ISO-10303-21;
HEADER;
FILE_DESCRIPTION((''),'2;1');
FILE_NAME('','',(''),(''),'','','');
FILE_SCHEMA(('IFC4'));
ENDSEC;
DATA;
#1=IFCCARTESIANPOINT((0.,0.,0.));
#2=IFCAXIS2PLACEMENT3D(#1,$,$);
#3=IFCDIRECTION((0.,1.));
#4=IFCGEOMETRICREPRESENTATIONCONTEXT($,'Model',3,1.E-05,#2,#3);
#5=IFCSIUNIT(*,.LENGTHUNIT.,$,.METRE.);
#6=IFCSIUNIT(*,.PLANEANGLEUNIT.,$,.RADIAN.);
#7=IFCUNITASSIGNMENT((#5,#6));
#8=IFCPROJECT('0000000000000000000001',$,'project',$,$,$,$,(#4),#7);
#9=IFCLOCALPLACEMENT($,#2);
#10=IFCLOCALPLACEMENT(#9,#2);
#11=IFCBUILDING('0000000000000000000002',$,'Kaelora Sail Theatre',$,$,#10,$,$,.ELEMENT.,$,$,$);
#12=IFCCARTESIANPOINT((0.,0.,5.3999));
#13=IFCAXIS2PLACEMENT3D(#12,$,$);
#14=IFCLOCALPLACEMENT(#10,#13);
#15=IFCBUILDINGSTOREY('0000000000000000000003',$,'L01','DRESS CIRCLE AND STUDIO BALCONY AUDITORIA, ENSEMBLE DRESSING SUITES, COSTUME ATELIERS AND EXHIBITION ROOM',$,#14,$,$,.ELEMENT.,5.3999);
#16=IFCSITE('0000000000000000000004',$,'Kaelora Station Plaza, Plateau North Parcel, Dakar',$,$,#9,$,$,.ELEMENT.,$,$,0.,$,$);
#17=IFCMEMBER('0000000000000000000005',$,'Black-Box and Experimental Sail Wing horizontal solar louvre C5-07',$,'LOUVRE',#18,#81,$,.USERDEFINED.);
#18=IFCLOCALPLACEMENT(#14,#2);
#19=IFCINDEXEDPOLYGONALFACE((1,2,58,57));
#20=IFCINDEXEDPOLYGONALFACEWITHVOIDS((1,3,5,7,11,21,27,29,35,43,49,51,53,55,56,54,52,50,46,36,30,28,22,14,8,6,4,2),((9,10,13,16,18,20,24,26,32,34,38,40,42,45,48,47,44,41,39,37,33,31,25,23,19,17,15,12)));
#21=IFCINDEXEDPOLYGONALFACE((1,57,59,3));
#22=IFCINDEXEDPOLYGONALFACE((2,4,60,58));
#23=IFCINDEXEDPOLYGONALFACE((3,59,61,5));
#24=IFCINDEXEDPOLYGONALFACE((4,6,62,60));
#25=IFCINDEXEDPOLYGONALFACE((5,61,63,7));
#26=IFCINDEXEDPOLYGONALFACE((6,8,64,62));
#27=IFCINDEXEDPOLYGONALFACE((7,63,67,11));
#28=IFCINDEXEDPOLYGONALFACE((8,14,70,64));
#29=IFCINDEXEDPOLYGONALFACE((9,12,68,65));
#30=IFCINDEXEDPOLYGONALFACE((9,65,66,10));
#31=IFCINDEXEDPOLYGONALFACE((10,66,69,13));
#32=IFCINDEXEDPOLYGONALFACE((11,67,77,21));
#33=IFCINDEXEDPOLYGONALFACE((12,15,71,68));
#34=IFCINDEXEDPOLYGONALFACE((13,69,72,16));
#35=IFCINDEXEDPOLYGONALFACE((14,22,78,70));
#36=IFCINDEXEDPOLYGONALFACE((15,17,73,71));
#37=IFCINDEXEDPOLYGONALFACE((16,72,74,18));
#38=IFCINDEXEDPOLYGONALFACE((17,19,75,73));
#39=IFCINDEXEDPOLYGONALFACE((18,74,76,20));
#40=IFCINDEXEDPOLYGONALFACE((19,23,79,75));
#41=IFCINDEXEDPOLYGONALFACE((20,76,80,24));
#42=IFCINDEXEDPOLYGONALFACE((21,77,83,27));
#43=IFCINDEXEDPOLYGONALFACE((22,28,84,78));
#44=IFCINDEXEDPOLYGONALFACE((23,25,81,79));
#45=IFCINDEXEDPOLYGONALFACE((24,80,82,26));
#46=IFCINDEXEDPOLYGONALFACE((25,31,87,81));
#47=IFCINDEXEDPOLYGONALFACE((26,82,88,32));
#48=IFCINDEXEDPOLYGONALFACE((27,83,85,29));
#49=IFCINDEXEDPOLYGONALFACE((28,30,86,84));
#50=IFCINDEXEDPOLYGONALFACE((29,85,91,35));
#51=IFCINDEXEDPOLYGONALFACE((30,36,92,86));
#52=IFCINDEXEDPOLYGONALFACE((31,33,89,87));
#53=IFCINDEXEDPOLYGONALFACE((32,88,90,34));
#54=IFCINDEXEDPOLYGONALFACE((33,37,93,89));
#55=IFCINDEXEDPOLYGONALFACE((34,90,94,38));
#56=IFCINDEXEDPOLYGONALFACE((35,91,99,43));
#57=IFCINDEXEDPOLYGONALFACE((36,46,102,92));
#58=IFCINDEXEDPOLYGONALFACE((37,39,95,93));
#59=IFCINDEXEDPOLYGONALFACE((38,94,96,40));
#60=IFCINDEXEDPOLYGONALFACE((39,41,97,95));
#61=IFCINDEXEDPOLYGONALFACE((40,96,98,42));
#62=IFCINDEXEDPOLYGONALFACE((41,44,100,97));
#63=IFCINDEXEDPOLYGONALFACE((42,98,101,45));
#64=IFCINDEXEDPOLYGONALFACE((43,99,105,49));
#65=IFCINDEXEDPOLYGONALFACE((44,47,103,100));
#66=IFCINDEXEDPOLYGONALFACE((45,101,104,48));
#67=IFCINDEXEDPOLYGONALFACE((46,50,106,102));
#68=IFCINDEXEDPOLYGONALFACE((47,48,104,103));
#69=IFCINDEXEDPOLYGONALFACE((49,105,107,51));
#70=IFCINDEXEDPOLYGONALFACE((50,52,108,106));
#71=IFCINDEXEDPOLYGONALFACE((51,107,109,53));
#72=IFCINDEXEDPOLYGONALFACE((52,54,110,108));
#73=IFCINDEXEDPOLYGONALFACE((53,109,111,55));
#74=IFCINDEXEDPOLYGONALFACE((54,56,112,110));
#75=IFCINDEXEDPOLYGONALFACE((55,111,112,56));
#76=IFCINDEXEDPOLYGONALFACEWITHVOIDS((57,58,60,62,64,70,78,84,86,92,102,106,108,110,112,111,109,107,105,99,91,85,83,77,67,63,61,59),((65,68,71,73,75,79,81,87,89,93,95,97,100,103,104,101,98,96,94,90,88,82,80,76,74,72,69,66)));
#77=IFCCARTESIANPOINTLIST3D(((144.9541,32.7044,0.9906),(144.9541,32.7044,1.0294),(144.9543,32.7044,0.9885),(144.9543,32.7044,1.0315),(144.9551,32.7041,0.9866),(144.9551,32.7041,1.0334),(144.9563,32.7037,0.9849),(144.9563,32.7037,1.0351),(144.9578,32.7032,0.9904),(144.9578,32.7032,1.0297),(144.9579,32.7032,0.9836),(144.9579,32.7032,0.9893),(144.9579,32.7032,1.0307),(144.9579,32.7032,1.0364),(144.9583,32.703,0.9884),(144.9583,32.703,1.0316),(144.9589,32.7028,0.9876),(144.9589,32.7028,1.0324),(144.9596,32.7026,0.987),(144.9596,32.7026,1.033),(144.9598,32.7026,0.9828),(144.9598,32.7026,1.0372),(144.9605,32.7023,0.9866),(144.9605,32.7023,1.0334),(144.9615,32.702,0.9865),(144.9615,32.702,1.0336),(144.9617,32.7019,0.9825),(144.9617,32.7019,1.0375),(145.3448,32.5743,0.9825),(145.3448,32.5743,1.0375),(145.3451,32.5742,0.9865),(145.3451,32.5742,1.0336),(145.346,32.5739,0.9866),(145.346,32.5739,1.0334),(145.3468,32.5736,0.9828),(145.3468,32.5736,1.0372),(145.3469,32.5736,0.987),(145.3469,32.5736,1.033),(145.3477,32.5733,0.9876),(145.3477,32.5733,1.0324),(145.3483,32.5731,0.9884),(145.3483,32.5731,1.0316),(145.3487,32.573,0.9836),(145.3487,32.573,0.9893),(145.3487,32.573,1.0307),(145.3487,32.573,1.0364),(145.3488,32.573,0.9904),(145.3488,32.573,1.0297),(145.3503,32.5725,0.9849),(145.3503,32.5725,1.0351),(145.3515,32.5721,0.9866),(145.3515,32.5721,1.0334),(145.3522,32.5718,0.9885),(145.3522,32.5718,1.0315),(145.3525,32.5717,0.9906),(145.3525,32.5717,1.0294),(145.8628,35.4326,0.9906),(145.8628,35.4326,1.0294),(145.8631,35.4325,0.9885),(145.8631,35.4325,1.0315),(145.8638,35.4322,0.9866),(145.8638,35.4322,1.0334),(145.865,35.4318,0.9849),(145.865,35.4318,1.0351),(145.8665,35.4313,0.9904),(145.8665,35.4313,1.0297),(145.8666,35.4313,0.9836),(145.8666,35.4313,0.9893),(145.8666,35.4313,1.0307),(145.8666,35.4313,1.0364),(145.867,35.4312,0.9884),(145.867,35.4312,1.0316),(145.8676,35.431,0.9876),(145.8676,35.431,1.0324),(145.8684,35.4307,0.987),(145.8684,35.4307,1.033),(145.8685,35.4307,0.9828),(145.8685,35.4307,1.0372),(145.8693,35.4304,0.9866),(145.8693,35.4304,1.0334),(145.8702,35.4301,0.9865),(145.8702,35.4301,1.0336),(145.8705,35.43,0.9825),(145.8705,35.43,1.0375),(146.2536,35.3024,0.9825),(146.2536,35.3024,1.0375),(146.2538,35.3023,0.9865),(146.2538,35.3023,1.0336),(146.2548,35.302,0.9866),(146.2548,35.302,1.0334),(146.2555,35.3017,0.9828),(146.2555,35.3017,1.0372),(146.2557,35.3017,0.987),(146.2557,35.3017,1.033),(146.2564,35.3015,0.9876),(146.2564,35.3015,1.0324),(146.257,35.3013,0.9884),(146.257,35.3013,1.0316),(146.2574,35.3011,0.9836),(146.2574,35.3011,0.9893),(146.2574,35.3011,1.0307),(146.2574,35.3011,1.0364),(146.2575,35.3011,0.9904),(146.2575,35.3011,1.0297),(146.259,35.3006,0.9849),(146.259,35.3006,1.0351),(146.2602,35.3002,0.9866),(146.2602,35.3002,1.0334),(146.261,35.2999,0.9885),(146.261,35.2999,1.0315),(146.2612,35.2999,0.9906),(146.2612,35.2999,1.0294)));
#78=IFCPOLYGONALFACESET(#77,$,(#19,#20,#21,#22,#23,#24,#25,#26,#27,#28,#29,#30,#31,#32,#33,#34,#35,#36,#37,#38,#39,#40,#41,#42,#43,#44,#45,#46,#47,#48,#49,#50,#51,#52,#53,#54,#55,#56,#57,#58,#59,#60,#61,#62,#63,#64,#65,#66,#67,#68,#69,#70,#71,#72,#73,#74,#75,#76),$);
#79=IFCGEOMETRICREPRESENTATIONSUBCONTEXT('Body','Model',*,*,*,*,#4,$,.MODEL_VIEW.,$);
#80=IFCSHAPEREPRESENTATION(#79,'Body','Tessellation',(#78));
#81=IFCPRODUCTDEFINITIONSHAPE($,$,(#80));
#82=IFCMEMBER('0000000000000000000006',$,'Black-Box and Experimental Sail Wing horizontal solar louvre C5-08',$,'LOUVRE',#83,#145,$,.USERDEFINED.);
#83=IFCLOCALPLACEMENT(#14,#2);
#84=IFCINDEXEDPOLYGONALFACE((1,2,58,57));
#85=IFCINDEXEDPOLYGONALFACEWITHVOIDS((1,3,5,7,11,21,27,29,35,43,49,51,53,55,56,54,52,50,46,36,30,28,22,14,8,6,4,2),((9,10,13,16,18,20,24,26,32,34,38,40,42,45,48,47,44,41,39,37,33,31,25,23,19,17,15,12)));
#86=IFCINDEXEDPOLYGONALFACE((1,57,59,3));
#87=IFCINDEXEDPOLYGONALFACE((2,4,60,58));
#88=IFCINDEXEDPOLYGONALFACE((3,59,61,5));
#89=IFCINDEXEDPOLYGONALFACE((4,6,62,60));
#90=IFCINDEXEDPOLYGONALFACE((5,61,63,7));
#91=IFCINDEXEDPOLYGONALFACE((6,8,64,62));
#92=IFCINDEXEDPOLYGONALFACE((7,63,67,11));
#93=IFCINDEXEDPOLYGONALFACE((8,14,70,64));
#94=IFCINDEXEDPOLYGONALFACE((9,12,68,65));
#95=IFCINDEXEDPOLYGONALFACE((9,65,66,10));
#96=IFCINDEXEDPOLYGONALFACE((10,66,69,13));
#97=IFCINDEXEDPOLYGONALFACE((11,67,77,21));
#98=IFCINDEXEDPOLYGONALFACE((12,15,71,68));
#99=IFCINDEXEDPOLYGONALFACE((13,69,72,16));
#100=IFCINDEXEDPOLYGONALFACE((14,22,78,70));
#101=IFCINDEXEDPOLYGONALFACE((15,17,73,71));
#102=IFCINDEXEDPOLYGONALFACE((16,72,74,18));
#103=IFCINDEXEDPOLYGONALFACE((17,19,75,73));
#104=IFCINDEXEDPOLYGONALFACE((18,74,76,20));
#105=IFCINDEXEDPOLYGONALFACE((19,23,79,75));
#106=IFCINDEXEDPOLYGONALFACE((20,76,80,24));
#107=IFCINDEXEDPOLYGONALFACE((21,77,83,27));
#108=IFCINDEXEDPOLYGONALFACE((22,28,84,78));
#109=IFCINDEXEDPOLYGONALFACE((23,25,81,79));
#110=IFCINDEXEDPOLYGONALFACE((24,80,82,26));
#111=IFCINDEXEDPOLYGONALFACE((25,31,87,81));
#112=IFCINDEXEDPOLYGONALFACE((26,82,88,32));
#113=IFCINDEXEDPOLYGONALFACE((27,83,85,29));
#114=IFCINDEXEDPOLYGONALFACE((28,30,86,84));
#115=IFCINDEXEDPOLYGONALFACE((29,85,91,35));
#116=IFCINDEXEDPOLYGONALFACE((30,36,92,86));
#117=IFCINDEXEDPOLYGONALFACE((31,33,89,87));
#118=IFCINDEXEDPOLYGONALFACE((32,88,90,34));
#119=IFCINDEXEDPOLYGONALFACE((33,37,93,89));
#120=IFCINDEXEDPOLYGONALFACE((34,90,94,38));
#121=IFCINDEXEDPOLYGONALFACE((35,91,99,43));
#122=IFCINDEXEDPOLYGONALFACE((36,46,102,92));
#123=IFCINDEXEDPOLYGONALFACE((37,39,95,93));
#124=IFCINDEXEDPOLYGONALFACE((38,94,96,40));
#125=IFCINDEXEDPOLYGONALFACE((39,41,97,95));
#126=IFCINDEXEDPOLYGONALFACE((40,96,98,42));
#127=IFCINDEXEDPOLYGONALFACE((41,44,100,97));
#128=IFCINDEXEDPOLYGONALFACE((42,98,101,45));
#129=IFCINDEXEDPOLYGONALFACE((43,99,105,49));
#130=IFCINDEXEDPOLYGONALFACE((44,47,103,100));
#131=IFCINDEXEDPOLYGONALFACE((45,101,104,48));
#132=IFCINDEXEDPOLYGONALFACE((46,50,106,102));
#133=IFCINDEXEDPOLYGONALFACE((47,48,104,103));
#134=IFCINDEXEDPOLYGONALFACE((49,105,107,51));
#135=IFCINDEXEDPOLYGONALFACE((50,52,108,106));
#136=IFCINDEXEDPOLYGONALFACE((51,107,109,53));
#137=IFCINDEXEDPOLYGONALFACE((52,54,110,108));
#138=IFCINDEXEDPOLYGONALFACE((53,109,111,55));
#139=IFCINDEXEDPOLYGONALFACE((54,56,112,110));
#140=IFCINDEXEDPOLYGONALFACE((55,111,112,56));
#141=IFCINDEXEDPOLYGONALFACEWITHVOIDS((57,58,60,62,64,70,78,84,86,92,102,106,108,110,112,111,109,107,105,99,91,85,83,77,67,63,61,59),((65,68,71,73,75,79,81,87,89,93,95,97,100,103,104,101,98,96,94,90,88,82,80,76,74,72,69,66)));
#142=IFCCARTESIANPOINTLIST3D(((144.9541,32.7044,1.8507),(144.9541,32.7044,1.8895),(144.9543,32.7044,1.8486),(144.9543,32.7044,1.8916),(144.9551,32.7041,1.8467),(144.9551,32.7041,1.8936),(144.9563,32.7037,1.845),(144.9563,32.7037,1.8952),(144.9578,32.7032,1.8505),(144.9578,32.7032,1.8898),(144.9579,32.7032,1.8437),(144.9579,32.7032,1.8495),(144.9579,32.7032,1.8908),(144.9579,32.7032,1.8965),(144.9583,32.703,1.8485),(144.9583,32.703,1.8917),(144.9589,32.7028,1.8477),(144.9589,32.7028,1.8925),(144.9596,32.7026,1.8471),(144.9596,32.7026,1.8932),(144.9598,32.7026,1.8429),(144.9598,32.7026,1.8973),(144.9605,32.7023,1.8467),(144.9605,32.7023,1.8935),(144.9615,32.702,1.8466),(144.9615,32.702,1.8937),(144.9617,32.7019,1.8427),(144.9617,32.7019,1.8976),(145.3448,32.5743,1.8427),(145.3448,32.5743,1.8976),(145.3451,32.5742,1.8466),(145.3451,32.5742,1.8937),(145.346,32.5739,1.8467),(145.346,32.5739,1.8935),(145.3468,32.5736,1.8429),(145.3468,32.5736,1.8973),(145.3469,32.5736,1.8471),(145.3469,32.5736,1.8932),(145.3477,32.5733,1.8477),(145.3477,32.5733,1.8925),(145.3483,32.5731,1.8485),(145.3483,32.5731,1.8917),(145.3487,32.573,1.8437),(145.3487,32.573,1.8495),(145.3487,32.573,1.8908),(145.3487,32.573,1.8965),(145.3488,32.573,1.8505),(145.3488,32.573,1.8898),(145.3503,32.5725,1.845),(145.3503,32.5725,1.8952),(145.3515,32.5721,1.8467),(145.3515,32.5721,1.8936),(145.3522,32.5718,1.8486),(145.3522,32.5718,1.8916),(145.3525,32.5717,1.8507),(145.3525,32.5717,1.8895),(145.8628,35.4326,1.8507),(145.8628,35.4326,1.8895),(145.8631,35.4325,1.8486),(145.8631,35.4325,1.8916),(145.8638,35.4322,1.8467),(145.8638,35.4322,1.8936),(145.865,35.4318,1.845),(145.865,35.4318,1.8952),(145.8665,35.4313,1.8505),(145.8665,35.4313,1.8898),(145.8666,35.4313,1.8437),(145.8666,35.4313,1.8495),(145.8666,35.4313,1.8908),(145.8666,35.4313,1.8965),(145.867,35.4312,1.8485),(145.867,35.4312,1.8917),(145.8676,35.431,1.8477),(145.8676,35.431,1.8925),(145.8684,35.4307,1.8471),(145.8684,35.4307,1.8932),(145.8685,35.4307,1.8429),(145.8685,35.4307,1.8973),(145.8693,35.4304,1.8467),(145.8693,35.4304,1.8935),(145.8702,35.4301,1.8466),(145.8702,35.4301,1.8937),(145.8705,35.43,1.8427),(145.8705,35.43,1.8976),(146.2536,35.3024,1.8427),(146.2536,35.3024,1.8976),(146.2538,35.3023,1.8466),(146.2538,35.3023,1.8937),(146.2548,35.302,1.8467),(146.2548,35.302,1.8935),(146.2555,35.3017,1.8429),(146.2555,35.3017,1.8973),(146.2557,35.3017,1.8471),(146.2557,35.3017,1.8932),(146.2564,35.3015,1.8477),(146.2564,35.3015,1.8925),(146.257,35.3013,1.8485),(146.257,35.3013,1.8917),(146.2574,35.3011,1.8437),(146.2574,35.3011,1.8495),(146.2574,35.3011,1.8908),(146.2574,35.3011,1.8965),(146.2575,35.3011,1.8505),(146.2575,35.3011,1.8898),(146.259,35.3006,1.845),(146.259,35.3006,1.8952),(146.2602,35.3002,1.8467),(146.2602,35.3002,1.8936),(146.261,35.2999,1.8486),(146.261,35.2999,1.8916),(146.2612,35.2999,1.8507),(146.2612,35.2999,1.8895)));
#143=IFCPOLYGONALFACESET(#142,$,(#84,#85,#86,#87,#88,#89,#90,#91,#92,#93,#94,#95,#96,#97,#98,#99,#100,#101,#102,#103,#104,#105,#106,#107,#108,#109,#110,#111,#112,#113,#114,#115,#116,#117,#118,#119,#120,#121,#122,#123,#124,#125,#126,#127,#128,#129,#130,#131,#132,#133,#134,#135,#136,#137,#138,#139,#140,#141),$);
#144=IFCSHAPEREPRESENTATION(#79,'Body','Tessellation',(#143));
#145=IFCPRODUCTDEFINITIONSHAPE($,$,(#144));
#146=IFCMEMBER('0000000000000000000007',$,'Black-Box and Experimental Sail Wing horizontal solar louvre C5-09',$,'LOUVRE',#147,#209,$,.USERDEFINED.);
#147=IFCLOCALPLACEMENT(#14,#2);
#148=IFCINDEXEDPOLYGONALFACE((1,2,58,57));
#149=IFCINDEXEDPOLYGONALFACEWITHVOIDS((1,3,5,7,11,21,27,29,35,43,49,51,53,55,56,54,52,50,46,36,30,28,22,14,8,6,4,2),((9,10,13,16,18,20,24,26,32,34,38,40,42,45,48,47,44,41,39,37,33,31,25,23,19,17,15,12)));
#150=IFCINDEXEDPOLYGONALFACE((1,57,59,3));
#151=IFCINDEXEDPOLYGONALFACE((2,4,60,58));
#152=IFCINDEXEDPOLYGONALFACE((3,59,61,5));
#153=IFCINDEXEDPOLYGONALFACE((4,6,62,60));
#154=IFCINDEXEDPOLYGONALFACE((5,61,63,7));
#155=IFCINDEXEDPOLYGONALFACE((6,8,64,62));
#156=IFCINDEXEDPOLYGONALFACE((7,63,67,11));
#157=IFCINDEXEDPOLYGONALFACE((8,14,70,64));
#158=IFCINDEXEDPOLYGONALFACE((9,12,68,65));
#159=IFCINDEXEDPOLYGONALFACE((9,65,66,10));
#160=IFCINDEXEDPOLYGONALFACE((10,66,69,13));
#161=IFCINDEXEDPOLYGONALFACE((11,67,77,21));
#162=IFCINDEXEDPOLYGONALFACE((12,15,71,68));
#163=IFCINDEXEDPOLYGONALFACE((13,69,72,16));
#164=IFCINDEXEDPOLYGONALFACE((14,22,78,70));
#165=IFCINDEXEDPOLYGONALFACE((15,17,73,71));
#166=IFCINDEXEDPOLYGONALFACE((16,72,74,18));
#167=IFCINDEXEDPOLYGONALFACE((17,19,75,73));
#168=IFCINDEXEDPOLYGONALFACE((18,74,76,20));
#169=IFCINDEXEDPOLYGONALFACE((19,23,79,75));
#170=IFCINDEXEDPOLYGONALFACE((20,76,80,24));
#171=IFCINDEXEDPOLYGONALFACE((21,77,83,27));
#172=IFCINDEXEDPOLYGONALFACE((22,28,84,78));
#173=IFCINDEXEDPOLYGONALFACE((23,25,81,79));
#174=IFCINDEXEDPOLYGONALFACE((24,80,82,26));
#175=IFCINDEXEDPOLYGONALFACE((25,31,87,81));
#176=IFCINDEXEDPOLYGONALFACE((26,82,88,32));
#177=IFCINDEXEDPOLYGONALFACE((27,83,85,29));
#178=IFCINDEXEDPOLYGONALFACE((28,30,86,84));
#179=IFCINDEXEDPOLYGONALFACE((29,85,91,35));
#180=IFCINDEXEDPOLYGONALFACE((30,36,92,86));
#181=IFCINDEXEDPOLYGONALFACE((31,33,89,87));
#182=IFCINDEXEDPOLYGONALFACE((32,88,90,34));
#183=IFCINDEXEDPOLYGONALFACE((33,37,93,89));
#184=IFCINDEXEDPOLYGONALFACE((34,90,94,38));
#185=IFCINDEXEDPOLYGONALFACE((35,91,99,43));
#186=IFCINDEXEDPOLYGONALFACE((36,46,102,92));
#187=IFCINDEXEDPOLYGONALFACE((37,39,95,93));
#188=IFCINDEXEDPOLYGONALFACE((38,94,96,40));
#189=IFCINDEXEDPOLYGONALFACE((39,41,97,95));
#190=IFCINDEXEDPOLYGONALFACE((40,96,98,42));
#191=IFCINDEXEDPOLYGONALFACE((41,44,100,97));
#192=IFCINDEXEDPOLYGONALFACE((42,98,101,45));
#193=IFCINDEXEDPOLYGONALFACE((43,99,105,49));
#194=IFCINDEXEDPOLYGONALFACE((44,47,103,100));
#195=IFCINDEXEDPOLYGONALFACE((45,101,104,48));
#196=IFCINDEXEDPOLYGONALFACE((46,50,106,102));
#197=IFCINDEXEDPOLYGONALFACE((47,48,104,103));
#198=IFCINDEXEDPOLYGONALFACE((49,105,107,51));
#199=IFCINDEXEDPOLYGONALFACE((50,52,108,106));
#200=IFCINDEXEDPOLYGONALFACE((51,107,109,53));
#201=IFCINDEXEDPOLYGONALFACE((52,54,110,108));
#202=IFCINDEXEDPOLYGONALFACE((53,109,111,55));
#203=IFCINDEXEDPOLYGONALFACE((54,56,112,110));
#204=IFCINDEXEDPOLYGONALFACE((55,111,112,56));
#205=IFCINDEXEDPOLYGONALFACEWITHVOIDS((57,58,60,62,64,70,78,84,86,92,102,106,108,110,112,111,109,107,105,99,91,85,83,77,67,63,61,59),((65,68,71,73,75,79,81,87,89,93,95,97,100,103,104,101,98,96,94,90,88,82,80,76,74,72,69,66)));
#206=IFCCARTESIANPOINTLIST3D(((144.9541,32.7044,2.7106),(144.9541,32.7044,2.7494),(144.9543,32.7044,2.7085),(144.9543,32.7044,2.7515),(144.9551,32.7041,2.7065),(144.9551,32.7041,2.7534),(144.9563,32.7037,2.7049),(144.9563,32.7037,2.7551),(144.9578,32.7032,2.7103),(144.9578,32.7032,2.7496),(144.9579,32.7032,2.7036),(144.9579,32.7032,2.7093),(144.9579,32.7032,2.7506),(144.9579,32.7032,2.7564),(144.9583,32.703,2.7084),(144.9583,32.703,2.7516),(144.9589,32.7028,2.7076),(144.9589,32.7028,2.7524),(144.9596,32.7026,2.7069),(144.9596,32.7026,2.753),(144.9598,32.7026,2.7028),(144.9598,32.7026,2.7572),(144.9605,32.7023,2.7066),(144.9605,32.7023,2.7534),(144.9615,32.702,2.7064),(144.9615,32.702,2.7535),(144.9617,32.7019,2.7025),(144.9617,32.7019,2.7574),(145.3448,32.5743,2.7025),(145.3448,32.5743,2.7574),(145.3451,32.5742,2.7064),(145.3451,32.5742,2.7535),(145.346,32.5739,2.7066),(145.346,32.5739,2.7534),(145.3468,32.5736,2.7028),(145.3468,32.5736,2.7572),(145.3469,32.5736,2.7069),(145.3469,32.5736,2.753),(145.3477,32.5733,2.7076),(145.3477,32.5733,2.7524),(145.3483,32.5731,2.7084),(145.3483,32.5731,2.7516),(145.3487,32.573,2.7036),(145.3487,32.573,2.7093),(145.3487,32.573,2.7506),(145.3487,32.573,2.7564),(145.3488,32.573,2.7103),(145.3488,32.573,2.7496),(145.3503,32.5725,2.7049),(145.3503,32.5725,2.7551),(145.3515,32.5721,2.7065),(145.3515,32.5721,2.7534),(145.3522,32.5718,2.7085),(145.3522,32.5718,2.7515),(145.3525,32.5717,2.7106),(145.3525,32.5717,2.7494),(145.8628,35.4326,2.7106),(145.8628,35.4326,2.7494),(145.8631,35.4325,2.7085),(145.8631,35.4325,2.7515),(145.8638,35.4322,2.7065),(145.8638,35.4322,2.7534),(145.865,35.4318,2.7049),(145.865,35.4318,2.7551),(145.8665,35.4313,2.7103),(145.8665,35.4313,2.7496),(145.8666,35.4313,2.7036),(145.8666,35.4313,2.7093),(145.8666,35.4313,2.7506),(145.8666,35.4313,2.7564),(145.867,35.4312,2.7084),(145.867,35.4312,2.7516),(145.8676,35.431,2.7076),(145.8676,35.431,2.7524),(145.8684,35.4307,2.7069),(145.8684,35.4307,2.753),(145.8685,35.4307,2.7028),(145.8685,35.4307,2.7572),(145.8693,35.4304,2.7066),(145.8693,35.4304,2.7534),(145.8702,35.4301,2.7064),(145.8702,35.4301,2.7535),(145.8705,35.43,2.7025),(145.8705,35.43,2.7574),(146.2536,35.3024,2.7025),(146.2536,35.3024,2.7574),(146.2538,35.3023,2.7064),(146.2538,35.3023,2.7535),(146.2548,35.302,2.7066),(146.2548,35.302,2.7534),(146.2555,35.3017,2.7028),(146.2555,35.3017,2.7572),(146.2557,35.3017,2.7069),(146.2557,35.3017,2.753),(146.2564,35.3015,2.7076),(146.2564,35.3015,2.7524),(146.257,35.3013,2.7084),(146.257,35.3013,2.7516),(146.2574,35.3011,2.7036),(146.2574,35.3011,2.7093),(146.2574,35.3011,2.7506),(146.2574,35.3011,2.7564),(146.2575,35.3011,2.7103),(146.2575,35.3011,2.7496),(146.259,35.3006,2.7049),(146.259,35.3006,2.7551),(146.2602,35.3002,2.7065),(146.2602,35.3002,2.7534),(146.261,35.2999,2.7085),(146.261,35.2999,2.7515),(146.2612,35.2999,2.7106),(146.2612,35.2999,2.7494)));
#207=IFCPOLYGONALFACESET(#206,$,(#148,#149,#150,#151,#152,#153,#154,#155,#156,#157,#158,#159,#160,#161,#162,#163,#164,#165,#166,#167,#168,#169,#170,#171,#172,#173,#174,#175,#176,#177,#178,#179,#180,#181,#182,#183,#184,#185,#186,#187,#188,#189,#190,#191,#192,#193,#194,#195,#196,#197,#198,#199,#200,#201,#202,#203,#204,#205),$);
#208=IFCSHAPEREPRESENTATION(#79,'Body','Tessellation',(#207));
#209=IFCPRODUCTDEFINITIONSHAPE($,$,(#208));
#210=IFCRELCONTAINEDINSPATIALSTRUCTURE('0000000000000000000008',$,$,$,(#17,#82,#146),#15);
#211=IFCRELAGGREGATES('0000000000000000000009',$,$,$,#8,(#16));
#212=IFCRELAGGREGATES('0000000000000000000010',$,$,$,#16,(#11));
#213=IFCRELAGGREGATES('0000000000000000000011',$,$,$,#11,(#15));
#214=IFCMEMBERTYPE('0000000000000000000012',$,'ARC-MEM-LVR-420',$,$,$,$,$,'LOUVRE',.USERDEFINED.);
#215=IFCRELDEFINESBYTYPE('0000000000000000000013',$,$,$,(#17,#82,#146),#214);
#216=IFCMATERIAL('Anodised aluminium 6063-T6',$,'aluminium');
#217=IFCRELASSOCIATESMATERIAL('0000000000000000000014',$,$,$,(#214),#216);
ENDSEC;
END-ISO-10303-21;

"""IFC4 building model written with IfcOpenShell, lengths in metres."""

from ifc_helpers import new_model, si_unit, direction, frame, origin, origin_2d, place, context, subcontext, project, spatial, hollow_rectangle, extrude, material, material_profile, profile_set, type_object, element, save


model = new_model("IFC4")

# Units and contexts
model_context = context("Model", 3, precision=1e-05, world=origin(), true_north=direction((0.0, 1.0)))
body_context = subcontext(model_context, "Body", "Model", "MODEL_VIEW")
ifc_project = project(units=[si_unit("LENGTHUNIT", "METRE"), si_unit("PLANEANGLEUNIT", "RADIAN")], contexts=[model_context])

# Site, building, storey
site_placement = place(None, origin())
site = spatial("IfcSite", under=ifc_project, at=site_placement, Name="Kaelora Station Plaza, Plateau North Parcel, Dakar", CompositionType="ELEMENT", RefElevation=0.0)
building_placement = place(site_placement, origin())
building = spatial("IfcBuilding", under=site, at=building_placement, Name="Kaelora Sail Theatre", CompositionType="ELEMENT")
storey_placement = place(building_placement, frame((0.0, 0.0, 5.3999)))
storey = spatial("IfcBuildingStorey", under=building, at=storey_placement, Name="L01", Description="DRESS CIRCLE AND STUDIO BALCONY AUDITORIA, ENSEMBLE DRESSING SUITES, COSTUME ATELIERS AND EXHIBITION ROOM", CompositionType="ELEMENT", Elevation=5.3999)

# Members
ifc_material_1 = material(Name="Anodised aluminium 6063-T6", Category="aluminium")
ifc_material_profile_1 = material_profile(ifc_material_1, hollow_rectangle(XDim=0.4199, YDim=0.0549, WallThickness=0.0039, InnerFilletRadius=0.0039, OuterFilletRadius=0.0081, at=origin_2d()), Name="LOUVRE 420x55x4")
ifc_profile_set_1 = profile_set([ifc_material_profile_1], Name="Anodised aluminium 6063-T6")
member_type = type_object("IfcMemberType", Name="ARC-MEM-LVR-420", ElementType="LOUVRE", PredefinedType="USERDEFINED", material=ifc_profile_set_1)
for number, where, z_axis, x_axis, name in (
    (1, (146.062, 35.3662, 1.01), (-0.316024, -0.948751, 0.0), (0.948751, -0.316024, 0.0), "Black-Box and Experimental Sail Wing horizontal solar louvre C5-07"),
    (2, (146.062, 35.3662, 1.8701), (-0.316024, -0.948751, 0.0), (0.948751, -0.316024, 0.0), "Black-Box and Experimental Sail Wing horizontal solar louvre C5-08"),
    (3, (146.062, 35.3662, 2.73), (-0.316024, -0.948751, 0.0), (0.948751, -0.316024, 0.0), "Black-Box and Experimental Sail Wing horizontal solar louvre C5-09"),
):
    element("IfcMember", number, at=place(storey_placement, frame(where, z_axis=z_axis, x_axis=x_axis)), inside=storey, type_object=member_type, Name=name, ObjectType="LOUVRE", PredefinedType="USERDEFINED", context=body_context, shape_type="SweptSolid", body=[
        extrude(hollow_rectangle(XDim=0.4199, YDim=0.0549, WallThickness=0.0039, InnerFilletRadius=0.0039, OuterFilletRadius=0.0081, at=origin_2d()), origin(), (0.0, 0.0, 1.0), 2.8755),
    ])

save(model, "model.ifc")
